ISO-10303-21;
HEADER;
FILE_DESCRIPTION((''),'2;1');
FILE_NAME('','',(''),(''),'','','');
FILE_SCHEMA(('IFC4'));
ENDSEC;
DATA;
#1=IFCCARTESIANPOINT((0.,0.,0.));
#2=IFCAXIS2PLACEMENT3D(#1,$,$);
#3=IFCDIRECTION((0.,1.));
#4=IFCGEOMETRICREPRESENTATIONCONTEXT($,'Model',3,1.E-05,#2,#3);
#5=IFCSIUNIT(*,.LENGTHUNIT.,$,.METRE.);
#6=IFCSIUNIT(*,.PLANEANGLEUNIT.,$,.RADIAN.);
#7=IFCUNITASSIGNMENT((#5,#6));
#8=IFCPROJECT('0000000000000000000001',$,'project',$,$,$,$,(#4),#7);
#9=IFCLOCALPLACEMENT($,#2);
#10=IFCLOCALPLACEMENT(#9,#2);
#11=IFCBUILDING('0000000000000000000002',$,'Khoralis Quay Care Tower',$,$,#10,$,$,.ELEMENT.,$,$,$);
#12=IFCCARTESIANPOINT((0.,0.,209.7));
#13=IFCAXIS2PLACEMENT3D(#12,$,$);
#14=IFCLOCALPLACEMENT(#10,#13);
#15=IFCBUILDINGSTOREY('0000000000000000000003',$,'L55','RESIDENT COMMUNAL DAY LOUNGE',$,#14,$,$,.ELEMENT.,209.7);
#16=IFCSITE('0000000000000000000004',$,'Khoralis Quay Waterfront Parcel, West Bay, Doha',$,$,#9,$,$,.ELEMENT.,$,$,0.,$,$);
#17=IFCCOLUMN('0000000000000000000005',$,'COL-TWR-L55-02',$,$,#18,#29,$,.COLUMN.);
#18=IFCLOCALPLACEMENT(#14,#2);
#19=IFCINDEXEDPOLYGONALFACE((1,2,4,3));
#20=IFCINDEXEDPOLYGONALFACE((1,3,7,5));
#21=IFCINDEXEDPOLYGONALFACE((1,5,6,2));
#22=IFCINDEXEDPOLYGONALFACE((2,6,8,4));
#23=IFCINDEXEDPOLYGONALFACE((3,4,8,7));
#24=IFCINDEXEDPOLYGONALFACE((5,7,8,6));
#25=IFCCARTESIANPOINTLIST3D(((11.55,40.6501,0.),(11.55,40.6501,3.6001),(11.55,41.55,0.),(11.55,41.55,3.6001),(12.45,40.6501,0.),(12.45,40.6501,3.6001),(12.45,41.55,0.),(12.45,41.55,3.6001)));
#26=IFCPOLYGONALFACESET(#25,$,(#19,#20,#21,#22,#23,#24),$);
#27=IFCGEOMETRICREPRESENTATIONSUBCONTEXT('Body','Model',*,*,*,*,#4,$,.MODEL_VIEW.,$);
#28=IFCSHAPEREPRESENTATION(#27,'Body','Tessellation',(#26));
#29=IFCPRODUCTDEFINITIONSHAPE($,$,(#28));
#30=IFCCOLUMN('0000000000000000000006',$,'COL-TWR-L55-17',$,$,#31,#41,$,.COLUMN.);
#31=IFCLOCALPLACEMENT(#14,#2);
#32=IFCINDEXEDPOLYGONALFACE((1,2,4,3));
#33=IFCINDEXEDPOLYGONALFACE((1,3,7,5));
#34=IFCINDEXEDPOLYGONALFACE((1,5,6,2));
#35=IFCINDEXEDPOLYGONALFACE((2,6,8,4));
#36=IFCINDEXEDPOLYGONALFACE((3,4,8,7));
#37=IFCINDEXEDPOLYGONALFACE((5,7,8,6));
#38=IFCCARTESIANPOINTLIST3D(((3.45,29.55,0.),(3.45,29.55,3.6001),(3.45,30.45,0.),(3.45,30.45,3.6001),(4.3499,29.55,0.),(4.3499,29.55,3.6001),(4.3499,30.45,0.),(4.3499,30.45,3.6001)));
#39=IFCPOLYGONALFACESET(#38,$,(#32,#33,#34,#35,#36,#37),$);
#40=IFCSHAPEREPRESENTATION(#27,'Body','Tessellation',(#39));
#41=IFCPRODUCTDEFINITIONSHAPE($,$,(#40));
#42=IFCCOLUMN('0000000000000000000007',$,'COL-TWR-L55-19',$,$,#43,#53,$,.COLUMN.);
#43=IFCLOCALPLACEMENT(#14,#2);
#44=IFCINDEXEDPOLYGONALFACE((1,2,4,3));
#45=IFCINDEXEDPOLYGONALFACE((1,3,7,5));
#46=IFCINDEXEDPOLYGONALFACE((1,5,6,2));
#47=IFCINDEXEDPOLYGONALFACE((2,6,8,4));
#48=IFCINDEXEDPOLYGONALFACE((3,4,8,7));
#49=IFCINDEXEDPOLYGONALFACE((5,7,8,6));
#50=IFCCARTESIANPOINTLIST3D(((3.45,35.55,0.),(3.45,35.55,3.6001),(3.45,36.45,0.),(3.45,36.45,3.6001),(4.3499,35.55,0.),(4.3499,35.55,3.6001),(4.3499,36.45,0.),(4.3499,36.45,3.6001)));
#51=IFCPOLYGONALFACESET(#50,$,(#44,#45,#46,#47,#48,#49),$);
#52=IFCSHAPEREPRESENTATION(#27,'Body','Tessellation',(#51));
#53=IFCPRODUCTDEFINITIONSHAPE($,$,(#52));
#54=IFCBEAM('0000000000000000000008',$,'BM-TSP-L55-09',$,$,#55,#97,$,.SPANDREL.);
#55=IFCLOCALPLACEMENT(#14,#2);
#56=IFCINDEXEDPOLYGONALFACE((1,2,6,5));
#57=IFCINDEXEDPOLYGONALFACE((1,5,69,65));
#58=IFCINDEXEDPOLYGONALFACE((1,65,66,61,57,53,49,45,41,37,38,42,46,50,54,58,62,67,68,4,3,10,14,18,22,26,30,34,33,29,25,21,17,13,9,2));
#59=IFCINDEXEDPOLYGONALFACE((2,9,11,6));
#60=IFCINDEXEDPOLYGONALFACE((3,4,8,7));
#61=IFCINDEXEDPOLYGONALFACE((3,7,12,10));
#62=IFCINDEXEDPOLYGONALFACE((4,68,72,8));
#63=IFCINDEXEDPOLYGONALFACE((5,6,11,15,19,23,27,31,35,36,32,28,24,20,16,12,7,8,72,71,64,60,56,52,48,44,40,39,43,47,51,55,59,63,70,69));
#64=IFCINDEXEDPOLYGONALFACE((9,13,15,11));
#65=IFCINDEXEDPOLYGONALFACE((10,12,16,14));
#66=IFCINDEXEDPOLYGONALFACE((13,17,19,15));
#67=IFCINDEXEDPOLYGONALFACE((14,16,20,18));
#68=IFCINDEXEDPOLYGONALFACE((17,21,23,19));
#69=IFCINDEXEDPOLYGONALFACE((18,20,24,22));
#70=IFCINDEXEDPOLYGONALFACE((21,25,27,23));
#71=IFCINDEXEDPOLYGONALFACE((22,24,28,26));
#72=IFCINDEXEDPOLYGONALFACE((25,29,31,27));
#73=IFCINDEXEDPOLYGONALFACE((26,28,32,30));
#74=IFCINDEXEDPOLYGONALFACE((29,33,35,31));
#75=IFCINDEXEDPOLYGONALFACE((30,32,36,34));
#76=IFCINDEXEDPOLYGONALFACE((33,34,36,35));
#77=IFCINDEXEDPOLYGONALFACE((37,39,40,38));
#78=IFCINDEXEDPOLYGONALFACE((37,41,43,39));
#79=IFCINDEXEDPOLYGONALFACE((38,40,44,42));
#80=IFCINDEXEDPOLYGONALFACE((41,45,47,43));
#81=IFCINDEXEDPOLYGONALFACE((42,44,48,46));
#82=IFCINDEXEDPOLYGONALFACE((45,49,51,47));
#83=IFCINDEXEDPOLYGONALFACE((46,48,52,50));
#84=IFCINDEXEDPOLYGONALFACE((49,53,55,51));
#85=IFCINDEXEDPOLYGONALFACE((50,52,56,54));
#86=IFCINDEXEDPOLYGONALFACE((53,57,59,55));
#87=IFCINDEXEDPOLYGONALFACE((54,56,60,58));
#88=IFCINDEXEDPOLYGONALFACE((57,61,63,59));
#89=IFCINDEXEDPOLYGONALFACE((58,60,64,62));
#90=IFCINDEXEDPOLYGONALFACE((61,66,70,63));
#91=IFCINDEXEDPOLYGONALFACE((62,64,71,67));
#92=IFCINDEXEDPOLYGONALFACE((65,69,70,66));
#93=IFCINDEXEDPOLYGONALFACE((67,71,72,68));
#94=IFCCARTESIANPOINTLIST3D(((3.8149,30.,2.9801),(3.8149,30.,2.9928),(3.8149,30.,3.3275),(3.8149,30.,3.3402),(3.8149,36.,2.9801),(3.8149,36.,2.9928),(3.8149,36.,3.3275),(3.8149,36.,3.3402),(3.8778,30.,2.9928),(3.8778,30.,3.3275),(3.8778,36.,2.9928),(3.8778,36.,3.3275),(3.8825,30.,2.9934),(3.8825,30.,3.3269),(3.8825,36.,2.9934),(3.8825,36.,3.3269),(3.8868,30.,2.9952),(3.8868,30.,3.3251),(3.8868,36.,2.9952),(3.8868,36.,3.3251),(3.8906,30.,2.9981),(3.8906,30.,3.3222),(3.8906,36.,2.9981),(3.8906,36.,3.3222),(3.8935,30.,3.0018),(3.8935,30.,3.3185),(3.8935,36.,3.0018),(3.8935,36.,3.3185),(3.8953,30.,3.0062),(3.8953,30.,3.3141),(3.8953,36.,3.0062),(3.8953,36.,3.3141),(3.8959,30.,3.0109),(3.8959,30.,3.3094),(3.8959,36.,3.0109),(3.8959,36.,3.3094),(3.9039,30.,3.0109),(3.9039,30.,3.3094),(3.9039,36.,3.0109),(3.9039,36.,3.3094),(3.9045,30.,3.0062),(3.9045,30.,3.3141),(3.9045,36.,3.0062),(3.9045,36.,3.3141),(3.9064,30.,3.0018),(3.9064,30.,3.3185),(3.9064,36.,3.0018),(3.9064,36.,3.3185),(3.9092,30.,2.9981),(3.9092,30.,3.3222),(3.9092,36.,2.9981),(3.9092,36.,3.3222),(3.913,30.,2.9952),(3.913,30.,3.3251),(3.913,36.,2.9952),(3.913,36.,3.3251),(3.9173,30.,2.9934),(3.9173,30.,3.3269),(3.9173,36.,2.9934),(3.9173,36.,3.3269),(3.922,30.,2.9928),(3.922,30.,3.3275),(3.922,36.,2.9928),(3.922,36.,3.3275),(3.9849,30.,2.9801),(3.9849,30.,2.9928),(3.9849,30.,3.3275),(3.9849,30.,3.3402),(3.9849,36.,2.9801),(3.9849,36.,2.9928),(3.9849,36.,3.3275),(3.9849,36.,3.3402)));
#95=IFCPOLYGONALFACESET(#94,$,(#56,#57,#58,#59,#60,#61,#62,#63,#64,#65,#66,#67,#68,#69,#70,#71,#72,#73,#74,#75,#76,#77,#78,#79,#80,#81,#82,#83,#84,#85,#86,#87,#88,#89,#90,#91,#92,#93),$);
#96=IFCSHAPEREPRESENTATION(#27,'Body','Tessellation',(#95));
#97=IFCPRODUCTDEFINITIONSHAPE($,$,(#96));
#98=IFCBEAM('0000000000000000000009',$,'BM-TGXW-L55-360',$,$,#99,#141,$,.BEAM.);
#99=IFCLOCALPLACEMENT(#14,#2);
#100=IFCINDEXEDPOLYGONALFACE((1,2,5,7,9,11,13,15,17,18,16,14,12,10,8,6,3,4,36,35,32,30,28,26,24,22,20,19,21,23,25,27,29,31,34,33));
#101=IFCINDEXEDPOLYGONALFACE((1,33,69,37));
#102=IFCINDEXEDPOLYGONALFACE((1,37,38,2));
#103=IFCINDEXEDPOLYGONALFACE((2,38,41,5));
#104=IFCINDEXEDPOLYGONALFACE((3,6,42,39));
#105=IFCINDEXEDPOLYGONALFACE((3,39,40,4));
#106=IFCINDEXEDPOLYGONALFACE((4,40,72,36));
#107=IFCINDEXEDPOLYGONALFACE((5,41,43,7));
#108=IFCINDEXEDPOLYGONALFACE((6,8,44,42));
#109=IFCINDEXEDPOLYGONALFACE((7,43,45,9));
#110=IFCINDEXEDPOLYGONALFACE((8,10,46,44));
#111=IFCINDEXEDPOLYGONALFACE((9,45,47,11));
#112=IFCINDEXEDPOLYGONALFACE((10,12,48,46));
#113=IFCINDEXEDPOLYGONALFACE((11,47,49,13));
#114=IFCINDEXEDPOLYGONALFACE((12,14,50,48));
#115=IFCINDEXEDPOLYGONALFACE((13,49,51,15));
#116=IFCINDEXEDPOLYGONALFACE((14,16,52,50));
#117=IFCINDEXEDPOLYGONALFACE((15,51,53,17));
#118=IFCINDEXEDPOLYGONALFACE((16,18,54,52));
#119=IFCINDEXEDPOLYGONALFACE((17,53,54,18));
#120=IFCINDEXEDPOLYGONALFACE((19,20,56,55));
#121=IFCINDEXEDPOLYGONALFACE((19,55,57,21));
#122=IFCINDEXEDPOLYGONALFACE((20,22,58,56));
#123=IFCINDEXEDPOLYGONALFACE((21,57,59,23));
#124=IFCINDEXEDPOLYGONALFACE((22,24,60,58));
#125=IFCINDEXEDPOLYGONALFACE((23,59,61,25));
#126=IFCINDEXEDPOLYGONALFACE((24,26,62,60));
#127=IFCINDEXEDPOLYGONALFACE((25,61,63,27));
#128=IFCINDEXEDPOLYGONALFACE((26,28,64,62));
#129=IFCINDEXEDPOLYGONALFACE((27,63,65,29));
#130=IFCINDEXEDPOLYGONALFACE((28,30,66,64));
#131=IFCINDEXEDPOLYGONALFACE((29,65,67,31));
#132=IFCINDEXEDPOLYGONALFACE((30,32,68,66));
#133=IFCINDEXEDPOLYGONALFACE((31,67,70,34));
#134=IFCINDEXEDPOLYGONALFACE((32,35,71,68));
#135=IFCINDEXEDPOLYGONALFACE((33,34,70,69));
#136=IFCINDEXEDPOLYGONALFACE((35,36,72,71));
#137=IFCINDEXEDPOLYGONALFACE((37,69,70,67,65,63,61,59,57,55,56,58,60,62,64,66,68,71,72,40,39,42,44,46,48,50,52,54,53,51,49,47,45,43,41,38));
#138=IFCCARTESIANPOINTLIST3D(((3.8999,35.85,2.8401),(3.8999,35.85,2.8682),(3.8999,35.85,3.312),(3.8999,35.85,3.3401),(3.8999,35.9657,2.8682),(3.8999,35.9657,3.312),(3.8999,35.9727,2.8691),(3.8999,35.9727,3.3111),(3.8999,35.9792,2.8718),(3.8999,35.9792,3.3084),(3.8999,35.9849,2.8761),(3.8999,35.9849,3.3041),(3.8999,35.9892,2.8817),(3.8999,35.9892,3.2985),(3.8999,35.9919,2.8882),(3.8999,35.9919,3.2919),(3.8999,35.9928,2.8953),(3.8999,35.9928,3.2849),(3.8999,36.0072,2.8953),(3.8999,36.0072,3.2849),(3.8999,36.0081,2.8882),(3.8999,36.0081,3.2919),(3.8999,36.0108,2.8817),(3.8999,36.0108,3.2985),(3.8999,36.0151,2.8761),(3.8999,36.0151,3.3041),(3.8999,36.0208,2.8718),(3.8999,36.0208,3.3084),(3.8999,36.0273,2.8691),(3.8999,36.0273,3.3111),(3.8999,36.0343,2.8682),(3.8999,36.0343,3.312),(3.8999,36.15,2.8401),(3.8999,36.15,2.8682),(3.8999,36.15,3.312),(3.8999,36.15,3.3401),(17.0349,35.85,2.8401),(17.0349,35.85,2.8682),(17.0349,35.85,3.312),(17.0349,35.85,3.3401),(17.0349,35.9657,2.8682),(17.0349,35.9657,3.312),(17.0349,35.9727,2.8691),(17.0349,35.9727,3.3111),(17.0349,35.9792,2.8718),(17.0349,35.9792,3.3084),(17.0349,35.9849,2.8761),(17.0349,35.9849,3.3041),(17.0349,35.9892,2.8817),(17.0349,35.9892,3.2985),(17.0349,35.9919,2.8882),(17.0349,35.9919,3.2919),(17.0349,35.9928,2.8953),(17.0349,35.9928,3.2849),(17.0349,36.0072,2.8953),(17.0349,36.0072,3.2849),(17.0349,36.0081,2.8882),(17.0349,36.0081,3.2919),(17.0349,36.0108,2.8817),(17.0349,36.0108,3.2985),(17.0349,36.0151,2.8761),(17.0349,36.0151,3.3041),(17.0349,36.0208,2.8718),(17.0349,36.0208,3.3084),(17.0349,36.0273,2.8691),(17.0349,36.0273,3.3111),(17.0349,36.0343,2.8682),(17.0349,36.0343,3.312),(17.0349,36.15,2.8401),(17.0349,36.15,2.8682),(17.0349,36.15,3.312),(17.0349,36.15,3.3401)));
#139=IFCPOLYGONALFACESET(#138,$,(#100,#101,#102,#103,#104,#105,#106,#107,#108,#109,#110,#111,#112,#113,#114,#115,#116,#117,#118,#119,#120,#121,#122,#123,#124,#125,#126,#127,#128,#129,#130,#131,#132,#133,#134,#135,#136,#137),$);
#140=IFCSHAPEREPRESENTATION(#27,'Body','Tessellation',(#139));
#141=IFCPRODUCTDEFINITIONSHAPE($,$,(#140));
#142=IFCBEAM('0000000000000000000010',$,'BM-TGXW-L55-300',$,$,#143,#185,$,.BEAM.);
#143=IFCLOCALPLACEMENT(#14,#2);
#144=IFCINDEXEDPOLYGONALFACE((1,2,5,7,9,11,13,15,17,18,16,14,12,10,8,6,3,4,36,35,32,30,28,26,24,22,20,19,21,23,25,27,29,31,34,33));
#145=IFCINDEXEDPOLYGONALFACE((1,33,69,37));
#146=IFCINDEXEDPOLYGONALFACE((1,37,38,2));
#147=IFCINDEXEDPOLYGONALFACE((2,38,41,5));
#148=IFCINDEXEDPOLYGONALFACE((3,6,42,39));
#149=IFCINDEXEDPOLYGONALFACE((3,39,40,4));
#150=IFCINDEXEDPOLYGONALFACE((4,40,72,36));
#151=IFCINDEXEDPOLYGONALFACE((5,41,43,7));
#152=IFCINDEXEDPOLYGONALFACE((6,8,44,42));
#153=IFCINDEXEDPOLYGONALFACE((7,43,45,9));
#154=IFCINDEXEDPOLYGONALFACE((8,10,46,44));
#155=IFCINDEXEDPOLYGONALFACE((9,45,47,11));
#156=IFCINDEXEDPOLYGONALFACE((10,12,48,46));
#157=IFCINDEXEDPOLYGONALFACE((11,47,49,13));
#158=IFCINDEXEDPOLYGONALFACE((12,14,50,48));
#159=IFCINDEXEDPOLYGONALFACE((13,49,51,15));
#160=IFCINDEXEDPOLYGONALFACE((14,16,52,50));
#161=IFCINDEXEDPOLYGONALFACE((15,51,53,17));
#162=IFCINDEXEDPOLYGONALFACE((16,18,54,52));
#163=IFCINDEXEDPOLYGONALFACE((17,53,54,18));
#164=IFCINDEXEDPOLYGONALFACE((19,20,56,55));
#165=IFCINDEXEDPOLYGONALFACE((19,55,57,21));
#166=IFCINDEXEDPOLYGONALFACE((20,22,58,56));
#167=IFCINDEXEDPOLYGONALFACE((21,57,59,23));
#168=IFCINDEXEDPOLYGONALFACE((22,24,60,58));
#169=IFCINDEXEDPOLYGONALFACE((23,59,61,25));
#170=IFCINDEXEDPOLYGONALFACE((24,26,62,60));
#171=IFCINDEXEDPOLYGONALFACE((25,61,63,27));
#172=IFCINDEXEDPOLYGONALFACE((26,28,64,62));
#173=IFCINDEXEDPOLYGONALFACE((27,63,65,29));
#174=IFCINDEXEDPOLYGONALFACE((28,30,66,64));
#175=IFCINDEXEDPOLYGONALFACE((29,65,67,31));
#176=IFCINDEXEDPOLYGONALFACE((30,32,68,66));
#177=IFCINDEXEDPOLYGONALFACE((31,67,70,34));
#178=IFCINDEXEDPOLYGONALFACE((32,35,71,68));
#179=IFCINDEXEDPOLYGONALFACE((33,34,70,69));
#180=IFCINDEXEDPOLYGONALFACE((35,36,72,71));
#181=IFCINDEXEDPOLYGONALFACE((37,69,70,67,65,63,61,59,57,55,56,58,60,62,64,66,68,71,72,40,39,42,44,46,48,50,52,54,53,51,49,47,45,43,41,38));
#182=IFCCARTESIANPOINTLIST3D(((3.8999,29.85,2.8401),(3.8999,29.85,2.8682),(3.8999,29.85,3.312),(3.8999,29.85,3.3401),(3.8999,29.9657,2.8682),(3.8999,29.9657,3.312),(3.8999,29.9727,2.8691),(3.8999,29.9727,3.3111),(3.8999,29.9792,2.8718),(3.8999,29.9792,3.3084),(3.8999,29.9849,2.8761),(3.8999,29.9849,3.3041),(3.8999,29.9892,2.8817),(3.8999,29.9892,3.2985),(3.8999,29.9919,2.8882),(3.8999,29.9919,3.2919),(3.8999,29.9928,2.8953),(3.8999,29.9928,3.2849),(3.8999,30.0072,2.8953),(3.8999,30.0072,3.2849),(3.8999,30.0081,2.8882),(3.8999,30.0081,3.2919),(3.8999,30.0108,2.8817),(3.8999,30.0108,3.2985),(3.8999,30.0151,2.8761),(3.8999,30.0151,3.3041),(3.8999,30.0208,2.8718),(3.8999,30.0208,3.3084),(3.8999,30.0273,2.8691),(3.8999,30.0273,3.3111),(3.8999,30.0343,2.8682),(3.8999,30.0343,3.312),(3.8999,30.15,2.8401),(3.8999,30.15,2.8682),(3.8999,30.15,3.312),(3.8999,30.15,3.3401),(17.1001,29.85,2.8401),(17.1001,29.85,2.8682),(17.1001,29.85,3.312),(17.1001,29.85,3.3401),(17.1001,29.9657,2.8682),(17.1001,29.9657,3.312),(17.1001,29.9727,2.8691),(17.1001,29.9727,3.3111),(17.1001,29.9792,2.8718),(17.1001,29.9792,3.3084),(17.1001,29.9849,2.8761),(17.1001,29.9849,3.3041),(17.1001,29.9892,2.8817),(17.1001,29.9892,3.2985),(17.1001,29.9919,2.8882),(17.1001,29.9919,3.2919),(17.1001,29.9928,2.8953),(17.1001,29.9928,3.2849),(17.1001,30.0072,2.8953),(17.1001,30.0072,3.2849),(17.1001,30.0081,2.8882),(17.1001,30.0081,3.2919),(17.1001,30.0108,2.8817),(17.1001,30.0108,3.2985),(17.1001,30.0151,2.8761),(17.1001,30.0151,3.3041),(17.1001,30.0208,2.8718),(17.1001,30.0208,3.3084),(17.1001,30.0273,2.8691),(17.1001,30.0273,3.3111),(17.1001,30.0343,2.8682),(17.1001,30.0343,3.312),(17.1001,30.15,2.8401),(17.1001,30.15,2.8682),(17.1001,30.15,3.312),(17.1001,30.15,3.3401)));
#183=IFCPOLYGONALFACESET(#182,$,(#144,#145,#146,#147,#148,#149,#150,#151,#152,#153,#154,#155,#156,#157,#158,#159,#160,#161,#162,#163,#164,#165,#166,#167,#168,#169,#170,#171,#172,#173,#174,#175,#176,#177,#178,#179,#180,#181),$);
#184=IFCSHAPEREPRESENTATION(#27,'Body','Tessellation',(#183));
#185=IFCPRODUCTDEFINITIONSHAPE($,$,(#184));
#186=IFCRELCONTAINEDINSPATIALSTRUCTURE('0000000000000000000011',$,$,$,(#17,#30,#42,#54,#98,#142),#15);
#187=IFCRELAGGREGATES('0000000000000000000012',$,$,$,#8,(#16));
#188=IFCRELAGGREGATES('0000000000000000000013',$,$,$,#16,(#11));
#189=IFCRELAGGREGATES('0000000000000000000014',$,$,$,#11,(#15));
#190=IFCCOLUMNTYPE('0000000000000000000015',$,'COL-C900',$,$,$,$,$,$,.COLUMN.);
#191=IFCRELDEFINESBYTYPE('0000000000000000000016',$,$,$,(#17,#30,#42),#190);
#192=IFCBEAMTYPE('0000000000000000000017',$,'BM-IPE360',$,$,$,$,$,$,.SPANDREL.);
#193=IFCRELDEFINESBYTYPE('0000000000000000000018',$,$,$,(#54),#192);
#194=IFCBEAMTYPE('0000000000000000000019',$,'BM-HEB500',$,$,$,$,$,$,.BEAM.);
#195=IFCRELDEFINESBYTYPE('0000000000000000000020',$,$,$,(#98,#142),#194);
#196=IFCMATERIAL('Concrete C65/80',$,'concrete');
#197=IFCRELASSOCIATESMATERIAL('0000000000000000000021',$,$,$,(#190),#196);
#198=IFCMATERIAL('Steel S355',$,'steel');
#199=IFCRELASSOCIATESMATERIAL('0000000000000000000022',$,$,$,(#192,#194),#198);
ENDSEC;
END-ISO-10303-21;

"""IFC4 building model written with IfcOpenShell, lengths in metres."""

from ifc_helpers import new_model, si_unit, direction, frame, origin, origin_2d, place, context, subcontext, project, spatial, rectangle, i_section, extrude, source, transform, mapped, material, material_profile, profile_set, type_object, element, save


model = new_model("IFC4")

# Units and contexts
model_context = context("Model", 3, precision=1e-05, world=origin(), true_north=direction((0.0, 1.0)))
body_context = subcontext(model_context, "Body", "Model", "MODEL_VIEW")
ifc_project = project(units=[si_unit("LENGTHUNIT", "METRE"), si_unit("PLANEANGLEUNIT", "RADIAN")], contexts=[model_context])

# Site, building, storey
site_placement = place(None, origin())
site = spatial("IfcSite", under=ifc_project, at=site_placement, Name="Khoralis Quay Waterfront Parcel, West Bay, Doha", CompositionType="ELEMENT", RefElevation=0.0)
building_placement = place(site_placement, origin())
building = spatial("IfcBuilding", under=site, at=building_placement, Name="Khoralis Quay Care Tower", CompositionType="ELEMENT")
storey_placement = place(building_placement, frame((0.0, 0.0, 209.7)))
storey = spatial("IfcBuildingStorey", under=building, at=storey_placement, Name="L55", Description="RESIDENT COMMUNAL DAY LOUNGE", CompositionType="ELEMENT", Elevation=209.7)

# Columns
ifc_material_1 = material(Name="Concrete C65/80", Category="concrete")
ifc_material_profile_1 = material_profile(ifc_material_1, rectangle(XDim=0.8999, YDim=0.8999, at=origin_2d()), Name="Concrete C65/80")
ifc_profile_set_1 = profile_set([ifc_material_profile_1], Name="Concrete C65/80")
column_type = type_object("IfcColumnType", Name="COL-C900", PredefinedType="COLUMN", material=ifc_profile_set_1)
shared_shape_1 = source(origin(), body_context, "Body", "SweptSolid", [
    extrude(rectangle(XDim=0.8999, YDim=0.8999, at=origin_2d()), origin(), (0.0, 0.0, 1.0), 3.6001),
])
for number, where, z_axis, x_axis, name in (
    (1, (12.0, 41.1001, 0.0), (0.0, 0.0, 1.0), (1.0, 0.0, 0.0), "COL-TWR-L55-02"),
    (2, (3.8999, 30.0, 0.0), (0.0, 0.0, 1.0), (1.0, 0.0, 0.0), "COL-TWR-L55-17"),
    (3, (3.8999, 36.0, 0.0), (0.0, 0.0, 1.0), (1.0, 0.0, 0.0), "COL-TWR-L55-19"),
):
    element("IfcColumn", number, at=place(storey_placement, frame(where, z_axis=z_axis, x_axis=x_axis)), inside=storey, type_object=column_type, Name=name, PredefinedType="COLUMN", context=body_context, shape_type="MappedRepresentation", body=[
        mapped(shared_shape_1, transform((0.0, 0.0, 0.0), scale=1.0)),
    ])

# Beams
ifc_material_2 = material(Name="Steel S355", Category="steel")
ifc_material_profile_2 = material_profile(ifc_material_2, i_section(OverallWidth=0.1699, OverallDepth=0.3601, WebThickness=0.0081, FlangeThickness=0.0127, FilletRadius=0.0181, at=origin_2d()), Name="Steel S355")
ifc_profile_set_2 = profile_set([ifc_material_profile_2], Name="Steel S355")
beam_type_1 = type_object("IfcBeamType", Name="BM-IPE360", PredefinedType="SPANDREL", material=ifc_profile_set_2)
shared_shape_2 = source(origin(), body_context, "Body", "SweptSolid", [
    extrude(i_section(OverallWidth=0.1699, OverallDepth=0.3601, WebThickness=0.0081, FlangeThickness=0.0127, FilletRadius=0.0181, at=origin_2d()), origin(), (0.0, 0.0, 1.0), 6.0),
])
beam_1_placement = place(storey_placement, frame((3.8999, 30.0, 3.1602), z_axis=(0.0, 1.0, 0.0), x_axis=(-1.0, 0.0, 0.0)))
element("IfcBeam", 4, at=beam_1_placement, inside=storey, type_object=beam_type_1, Name="BM-TSP-L55-09", PredefinedType="SPANDREL", context=body_context, shape_type="MappedRepresentation", body=[
    mapped(shared_shape_2, transform((0.0, 0.0, 0.0), scale=1.0)),
])
ifc_material_profile_3 = material_profile(ifc_material_2, i_section(OverallWidth=0.3, OverallDepth=0.5, WebThickness=0.0144, FlangeThickness=0.0281, FilletRadius=0.0271, at=origin_2d()), Name="Steel S355")
ifc_profile_set_3 = profile_set([ifc_material_profile_3], Name="Steel S355")
beam_type_2 = type_object("IfcBeamType", Name="BM-HEB500", PredefinedType="BEAM", material=ifc_profile_set_3)
shared_shape_3 = source(origin(), body_context, "Body", "SweptSolid", [
    extrude(i_section(OverallWidth=0.3, OverallDepth=0.5, WebThickness=0.0144, FlangeThickness=0.0281, FilletRadius=0.0271, at=origin_2d()), origin(), (0.0, 0.0, 1.0), 13.135),
])
beam_2_placement = place(storey_placement, frame((3.8999, 36.0, 3.0901), z_axis=(1.0, 0.0, 0.0), x_axis=(0.0, 1.0, 0.0)))
element("IfcBeam", 5, at=beam_2_placement, inside=storey, type_object=beam_type_2, Name="BM-TGXW-L55-360", PredefinedType="BEAM", context=body_context, shape_type="MappedRepresentation", body=[
    mapped(shared_shape_3, transform((0.0, 0.0, 0.0), scale=1.0)),
])
shared_shape_4 = source(origin(), body_context, "Body", "SweptSolid", [
    extrude(i_section(OverallWidth=0.3, OverallDepth=0.5, WebThickness=0.0144, FlangeThickness=0.0281, FilletRadius=0.0271, at=origin_2d()), origin(), (0.0, 0.0, 1.0), 13.2002),
])
beam_3_placement = place(storey_placement, frame((3.8999, 30.0, 3.0901), z_axis=(1.0, 0.0, 0.0), x_axis=(0.0, 1.0, 0.0)))
element("IfcBeam", 6, at=beam_3_placement, inside=storey, type_object=beam_type_2, Name="BM-TGXW-L55-300", PredefinedType="BEAM", context=body_context, shape_type="MappedRepresentation", body=[
    mapped(shared_shape_4, transform((0.0, 0.0, 0.0), scale=1.0)),
])

save(model, "model.ifc")
